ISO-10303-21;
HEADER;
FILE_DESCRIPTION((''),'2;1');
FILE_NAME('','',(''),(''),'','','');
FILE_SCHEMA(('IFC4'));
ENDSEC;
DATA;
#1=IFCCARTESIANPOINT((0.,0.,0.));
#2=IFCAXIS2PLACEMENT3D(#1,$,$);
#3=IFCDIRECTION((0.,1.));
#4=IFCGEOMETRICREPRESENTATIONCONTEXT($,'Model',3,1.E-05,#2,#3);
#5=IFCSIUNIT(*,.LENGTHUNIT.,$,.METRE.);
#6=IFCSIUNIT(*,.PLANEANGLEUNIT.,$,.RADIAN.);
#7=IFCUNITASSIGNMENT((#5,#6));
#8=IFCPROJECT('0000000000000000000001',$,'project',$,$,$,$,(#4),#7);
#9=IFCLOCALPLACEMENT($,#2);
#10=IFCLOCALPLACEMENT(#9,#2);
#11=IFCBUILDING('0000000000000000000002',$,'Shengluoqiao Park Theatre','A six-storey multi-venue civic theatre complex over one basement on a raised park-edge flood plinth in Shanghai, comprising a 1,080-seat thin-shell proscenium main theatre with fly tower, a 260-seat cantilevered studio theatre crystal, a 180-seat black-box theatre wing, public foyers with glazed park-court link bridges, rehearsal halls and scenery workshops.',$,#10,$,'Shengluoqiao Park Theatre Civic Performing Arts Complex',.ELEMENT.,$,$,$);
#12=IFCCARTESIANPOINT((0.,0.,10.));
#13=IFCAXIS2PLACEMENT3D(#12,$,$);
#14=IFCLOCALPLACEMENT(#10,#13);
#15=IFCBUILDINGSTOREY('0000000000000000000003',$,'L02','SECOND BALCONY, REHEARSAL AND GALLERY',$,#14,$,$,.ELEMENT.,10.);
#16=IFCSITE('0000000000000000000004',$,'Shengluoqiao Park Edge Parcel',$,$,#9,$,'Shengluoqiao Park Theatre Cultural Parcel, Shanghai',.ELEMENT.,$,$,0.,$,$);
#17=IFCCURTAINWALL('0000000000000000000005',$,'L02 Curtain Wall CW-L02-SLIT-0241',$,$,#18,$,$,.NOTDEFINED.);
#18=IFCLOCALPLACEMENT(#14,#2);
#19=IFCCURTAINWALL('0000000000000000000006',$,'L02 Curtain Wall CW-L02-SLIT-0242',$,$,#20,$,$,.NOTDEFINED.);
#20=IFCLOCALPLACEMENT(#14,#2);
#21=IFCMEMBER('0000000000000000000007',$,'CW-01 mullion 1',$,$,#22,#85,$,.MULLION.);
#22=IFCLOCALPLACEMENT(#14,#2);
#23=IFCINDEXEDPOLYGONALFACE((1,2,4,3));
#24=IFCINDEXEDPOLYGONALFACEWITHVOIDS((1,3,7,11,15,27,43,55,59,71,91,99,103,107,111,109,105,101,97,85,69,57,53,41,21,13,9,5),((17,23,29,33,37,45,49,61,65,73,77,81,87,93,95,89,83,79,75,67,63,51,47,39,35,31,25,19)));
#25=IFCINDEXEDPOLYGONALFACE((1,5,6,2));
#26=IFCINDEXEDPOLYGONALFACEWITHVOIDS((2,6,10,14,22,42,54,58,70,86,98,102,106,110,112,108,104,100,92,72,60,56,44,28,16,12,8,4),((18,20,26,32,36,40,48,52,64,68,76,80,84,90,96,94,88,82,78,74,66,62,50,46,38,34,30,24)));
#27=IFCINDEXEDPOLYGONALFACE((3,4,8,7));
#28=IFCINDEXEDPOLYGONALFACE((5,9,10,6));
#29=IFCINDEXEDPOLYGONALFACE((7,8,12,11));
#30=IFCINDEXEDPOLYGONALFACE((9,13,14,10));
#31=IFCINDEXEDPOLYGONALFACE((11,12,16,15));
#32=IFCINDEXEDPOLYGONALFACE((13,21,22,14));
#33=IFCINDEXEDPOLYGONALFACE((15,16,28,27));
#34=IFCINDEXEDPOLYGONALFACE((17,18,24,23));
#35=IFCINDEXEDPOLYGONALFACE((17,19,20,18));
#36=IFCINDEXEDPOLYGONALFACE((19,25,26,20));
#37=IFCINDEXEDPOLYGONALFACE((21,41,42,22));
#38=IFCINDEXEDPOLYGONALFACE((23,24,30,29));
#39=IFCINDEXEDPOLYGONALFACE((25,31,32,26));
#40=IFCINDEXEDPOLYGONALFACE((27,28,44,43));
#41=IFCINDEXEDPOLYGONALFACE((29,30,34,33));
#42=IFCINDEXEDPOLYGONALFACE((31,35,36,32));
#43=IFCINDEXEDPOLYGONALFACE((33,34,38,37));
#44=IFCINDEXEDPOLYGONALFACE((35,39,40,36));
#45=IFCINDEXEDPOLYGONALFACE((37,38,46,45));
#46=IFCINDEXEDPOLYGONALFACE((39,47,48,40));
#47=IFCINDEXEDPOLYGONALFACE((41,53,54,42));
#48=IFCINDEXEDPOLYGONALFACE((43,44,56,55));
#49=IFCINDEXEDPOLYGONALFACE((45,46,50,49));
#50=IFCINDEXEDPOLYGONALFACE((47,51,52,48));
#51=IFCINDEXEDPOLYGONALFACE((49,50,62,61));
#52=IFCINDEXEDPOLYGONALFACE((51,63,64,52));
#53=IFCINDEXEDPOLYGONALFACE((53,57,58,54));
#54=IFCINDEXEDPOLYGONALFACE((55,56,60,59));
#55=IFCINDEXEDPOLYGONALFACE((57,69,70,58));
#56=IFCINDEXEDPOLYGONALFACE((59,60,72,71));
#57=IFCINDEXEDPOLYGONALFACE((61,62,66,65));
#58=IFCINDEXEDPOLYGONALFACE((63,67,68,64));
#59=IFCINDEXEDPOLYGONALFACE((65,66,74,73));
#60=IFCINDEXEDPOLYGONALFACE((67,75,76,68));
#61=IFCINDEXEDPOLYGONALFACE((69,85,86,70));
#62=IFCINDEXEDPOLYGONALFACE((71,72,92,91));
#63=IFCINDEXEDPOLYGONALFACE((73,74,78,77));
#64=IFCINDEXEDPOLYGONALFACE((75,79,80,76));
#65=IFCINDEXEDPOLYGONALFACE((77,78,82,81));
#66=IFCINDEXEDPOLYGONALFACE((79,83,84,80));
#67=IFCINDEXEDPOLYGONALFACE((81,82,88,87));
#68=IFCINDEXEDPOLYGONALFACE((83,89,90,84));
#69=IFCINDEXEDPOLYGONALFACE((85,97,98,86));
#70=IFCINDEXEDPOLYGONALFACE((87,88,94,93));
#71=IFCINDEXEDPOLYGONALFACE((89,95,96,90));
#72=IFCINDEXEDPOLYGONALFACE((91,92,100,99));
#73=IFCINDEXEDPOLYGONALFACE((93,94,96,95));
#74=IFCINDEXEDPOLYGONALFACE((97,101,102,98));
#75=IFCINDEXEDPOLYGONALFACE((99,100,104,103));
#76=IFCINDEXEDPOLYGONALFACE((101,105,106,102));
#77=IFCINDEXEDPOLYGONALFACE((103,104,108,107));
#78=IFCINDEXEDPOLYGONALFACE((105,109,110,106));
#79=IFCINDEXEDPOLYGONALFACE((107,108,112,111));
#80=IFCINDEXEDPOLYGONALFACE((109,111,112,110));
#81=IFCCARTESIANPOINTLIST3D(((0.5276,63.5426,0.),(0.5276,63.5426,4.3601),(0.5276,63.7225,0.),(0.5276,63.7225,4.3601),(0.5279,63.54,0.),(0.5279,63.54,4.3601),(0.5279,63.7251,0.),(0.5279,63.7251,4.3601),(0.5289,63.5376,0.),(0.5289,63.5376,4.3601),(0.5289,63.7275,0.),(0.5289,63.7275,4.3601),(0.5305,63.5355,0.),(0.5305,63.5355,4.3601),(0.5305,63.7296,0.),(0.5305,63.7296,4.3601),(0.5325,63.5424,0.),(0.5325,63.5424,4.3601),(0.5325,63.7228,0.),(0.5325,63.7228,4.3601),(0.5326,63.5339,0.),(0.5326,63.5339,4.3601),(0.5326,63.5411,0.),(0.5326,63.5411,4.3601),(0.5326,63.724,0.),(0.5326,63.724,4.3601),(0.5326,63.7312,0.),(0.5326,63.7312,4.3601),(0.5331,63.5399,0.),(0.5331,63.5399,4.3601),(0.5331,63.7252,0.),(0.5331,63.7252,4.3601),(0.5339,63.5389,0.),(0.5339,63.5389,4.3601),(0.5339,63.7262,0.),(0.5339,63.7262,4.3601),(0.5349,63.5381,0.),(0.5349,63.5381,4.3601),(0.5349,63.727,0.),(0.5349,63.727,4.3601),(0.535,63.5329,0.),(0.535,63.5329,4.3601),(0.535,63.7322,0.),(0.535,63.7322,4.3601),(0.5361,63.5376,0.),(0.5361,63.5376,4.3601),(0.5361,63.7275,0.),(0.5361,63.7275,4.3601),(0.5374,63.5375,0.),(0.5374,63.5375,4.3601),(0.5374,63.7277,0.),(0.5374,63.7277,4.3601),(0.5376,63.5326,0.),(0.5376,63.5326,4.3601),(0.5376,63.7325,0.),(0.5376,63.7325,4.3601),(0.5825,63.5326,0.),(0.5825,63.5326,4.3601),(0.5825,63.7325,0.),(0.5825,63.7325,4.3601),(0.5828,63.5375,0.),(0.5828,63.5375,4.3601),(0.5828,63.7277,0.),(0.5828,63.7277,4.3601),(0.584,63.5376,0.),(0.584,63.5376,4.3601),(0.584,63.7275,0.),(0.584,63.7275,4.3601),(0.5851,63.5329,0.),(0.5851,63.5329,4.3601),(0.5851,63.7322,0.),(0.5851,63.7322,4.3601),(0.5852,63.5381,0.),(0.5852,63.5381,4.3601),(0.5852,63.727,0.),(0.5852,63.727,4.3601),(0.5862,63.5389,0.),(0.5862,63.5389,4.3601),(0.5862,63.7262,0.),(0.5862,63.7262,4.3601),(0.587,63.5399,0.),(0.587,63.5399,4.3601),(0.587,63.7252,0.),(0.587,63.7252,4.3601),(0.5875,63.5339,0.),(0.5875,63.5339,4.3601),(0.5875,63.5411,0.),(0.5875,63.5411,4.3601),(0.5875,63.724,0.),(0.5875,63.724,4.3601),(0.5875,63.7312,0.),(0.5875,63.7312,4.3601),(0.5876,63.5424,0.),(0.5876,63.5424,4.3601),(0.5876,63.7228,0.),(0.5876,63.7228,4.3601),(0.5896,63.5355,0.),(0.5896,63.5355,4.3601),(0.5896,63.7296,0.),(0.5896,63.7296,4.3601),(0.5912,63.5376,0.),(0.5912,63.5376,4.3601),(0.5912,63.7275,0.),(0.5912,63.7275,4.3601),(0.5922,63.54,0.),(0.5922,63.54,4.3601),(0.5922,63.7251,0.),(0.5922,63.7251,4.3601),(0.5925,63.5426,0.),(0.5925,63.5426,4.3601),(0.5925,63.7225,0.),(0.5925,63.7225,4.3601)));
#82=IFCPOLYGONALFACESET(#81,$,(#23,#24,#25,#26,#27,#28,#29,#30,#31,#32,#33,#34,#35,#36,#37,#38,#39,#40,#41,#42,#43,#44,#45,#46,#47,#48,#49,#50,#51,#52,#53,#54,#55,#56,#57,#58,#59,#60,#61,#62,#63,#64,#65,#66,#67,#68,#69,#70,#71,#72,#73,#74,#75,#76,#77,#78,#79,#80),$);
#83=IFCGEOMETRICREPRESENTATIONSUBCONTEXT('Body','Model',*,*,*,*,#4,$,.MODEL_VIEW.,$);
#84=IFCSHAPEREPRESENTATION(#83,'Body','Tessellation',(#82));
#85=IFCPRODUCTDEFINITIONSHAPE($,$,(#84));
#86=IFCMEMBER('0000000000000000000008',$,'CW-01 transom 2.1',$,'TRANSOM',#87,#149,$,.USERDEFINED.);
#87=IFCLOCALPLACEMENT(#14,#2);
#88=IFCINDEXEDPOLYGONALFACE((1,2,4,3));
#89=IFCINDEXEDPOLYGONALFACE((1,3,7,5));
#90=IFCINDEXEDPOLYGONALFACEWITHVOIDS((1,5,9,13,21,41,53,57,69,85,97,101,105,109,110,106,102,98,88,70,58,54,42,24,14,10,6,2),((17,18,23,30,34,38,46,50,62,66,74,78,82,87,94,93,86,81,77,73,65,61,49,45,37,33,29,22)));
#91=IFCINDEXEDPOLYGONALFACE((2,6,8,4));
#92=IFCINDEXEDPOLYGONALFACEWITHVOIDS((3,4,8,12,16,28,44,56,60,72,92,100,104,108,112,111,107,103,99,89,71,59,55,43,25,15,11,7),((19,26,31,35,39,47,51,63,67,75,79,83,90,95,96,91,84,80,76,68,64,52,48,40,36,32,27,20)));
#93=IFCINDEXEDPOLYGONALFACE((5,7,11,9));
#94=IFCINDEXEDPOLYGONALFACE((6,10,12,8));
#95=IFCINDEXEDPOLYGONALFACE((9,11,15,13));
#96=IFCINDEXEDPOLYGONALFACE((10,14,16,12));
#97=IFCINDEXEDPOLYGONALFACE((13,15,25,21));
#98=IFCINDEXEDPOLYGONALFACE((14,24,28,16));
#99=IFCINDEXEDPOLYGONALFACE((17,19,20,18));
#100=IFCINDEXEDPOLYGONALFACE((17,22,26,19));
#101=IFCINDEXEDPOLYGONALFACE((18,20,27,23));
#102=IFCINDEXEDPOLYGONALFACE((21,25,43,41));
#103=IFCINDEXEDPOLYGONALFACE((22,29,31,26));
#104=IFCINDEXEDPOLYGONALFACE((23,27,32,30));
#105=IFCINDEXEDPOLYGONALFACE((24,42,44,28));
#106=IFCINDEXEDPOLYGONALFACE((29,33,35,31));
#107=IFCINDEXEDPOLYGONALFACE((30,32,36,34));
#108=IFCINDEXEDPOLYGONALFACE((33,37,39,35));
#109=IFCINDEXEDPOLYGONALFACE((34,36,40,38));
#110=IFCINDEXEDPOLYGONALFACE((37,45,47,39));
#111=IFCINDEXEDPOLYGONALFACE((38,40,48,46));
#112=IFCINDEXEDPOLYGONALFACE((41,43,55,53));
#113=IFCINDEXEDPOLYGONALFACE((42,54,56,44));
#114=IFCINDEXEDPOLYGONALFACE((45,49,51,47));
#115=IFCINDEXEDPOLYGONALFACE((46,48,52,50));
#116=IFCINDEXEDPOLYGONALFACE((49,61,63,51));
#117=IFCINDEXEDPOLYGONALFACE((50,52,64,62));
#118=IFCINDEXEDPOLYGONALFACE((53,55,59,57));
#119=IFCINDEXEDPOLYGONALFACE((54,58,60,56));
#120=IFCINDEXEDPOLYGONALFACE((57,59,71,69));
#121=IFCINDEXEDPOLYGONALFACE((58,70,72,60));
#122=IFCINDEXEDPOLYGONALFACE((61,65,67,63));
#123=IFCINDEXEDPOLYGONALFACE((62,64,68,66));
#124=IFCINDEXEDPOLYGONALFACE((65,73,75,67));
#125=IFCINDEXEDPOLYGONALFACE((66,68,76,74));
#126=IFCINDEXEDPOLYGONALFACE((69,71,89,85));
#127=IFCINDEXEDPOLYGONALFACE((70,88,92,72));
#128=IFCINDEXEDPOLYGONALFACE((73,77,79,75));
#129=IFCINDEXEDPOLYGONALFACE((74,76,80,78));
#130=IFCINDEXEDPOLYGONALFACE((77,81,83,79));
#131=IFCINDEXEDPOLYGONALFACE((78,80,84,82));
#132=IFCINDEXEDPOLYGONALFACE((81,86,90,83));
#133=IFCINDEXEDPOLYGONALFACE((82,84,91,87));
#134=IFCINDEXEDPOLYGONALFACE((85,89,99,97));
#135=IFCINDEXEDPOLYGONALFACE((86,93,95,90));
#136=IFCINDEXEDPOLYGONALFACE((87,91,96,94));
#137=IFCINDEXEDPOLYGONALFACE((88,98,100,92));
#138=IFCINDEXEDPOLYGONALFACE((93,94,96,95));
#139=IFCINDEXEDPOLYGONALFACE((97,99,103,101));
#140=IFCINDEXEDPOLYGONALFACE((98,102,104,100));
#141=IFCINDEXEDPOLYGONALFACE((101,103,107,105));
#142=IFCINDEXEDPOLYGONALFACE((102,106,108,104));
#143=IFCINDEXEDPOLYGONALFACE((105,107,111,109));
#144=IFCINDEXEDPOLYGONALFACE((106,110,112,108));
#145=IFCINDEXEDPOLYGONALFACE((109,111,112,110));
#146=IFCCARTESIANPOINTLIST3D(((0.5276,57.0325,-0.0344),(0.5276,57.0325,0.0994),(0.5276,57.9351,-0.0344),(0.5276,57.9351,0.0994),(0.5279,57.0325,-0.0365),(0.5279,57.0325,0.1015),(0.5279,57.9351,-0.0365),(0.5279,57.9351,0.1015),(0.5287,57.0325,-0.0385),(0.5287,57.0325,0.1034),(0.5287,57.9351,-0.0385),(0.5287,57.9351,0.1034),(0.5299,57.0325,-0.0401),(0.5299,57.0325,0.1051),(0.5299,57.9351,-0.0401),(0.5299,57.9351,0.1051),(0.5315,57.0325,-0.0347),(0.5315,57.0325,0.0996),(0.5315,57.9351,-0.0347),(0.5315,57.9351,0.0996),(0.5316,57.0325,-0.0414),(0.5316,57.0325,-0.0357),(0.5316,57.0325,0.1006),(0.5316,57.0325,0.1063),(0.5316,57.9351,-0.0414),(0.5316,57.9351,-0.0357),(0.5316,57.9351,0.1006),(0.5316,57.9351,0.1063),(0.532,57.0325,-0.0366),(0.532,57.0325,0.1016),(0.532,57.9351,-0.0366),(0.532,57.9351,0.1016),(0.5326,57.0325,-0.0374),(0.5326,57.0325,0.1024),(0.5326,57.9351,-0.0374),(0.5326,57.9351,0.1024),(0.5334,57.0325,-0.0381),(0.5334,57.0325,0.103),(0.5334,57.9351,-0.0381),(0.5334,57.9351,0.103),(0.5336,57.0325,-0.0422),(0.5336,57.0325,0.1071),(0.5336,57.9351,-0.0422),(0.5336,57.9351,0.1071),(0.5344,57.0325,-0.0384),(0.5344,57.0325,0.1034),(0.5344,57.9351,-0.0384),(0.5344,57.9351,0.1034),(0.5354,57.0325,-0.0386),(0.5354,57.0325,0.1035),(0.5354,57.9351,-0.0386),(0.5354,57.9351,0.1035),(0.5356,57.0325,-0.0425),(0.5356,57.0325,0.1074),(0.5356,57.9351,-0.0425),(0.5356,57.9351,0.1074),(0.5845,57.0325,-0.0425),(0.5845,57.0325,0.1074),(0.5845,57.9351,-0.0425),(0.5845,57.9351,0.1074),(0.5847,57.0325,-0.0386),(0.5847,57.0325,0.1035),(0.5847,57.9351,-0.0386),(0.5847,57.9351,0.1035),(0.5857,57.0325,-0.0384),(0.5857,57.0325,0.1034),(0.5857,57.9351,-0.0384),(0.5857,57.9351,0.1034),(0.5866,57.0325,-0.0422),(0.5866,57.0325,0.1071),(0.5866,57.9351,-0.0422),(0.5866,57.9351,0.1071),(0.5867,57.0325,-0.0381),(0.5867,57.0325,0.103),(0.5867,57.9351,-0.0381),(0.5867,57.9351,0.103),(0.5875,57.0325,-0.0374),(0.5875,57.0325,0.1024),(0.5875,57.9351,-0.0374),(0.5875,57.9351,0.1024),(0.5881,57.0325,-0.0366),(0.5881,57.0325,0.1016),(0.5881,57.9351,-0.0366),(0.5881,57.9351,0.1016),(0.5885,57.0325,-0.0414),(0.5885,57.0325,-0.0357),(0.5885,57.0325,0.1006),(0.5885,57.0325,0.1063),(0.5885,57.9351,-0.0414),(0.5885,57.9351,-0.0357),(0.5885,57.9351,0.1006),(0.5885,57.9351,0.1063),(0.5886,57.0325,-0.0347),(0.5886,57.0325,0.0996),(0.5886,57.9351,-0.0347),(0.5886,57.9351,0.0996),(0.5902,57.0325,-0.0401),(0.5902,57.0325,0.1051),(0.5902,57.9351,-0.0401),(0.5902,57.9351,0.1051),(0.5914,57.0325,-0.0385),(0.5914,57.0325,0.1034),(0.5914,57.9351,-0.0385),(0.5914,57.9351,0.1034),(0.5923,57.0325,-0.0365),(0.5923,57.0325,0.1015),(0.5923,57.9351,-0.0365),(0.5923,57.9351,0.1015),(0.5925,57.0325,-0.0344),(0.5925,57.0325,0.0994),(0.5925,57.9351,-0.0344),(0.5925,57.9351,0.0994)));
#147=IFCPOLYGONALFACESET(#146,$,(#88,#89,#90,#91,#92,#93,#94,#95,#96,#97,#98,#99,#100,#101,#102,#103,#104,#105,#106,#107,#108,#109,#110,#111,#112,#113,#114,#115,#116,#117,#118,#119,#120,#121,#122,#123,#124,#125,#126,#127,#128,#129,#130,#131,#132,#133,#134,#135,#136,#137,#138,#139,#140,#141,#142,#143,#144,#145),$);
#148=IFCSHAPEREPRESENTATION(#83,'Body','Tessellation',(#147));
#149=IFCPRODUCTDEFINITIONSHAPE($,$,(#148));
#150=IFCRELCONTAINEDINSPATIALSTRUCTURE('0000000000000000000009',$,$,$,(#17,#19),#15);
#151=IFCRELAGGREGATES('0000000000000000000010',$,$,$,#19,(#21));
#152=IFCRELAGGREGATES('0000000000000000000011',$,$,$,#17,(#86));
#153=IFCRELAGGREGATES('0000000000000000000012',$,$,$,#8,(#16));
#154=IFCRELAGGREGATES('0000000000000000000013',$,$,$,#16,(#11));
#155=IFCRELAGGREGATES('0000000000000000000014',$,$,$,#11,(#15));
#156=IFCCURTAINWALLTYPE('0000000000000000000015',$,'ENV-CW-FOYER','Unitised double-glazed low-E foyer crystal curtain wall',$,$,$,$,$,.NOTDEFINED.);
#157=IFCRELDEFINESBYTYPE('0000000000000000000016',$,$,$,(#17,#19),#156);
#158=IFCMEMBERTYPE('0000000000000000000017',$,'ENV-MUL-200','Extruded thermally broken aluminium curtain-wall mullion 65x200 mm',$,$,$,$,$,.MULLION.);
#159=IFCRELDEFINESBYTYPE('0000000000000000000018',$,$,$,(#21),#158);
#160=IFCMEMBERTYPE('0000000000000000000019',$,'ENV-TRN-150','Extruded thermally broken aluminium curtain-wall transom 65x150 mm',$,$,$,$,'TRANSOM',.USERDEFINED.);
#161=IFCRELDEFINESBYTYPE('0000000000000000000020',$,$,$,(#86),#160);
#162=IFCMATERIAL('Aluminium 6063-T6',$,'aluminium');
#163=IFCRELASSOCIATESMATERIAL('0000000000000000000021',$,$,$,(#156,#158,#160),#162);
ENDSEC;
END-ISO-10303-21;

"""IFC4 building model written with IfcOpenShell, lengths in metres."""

from ifc_helpers import new_model, si_unit, direction, frame, origin, origin_2d, place, context, subcontext, project, spatial, hollow_rectangle, extrude, material, material_profile, profile_set, type_object, element, aggregate, save


model = new_model("IFC4")

# Units and contexts
model_context = context("Model", 3, precision=1e-05, world=origin(), true_north=direction((0.0, 1.0)))
body_context = subcontext(model_context, "Body", "Model", "MODEL_VIEW")
ifc_project = project(units=[si_unit("LENGTHUNIT", "METRE"), si_unit("PLANEANGLEUNIT", "RADIAN")], contexts=[model_context])

# Site, building, storey
site_placement = place(None, origin())
site = spatial("IfcSite", under=ifc_project, at=site_placement, Name="Shengluoqiao Park Edge Parcel", LongName="Shengluoqiao Park Theatre Cultural Parcel, Shanghai", CompositionType="ELEMENT", RefElevation=0.0)
building_placement = place(site_placement, origin())
building = spatial("IfcBuilding", under=site, at=building_placement, Name="Shengluoqiao Park Theatre", Description="A six-storey multi-venue civic theatre complex over one basement on a raised park-edge flood plinth in Shanghai, comprising a 1,080-seat thin-shell proscenium main theatre with fly tower, a 260-seat cantilevered studio theatre crystal, a 180-seat black-box theatre wing, public foyers with glazed park-court link bridges, rehearsal halls and scenery workshops.", LongName="Shengluoqiao Park Theatre Civic Performing Arts Complex", CompositionType="ELEMENT")
storey_placement = place(building_placement, frame((0.0, 0.0, 10.0)))
storey = spatial("IfcBuildingStorey", under=building, at=storey_placement, Name="L02", Description="SECOND BALCONY, REHEARSAL AND GALLERY", CompositionType="ELEMENT", Elevation=10.0)

# Curtain wall
ifc_material_1 = material(Name="Aluminium 6063-T6", Category="aluminium")
curtain_wall_type = type_object("IfcCurtainWallType", Name="ENV-CW-FOYER", Description="Unitised double-glazed low-E foyer crystal curtain wall", PredefinedType="NOTDEFINED", material=ifc_material_1)
curtain_wall_1_placement = place(storey_placement, origin())
curtain_wall_1 = element("IfcCurtainWall", 1, at=curtain_wall_1_placement, inside=storey, type_object=curtain_wall_type, Name="L02 Curtain Wall CW-L02-SLIT-0241", PredefinedType="NOTDEFINED")
ifc_material_profile_1 = material_profile(ifc_material_1, hollow_rectangle(XDim=0.0649, YDim=0.2, WallThickness=0.0049, InnerFilletRadius=0.0049, OuterFilletRadius=0.01, at=origin_2d()), Name="ALU MULLION 200x65x5")
ifc_profile_set_1 = profile_set([ifc_material_profile_1], Name="Aluminium 6063-T6")
member_type_1 = type_object("IfcMemberType", Name="ENV-MUL-200", Description="Extruded thermally broken aluminium curtain-wall mullion 65x200 mm", PredefinedType="MULLION", material=ifc_profile_set_1)

# Curtain wall, member
curtain_wall_2_placement = place(storey_placement, origin())
curtain_wall_2 = element("IfcCurtainWall", 2, at=curtain_wall_2_placement, inside=storey, type_object=curtain_wall_type, Name="L02 Curtain Wall CW-L02-SLIT-0242", PredefinedType="NOTDEFINED")
member_1_placement = place(storey_placement, frame((0.5601, 63.6326, 0.0), z_axis=(0.0, 0.0, 1.0), x_axis=(-1.0, 0.0, 0.0)))
member_1 = element("IfcMember", 3, at=member_1_placement, type_object=member_type_1, Name="CW-01 mullion 1", PredefinedType="MULLION", context=body_context, shape_type="SweptSolid", body=[
    extrude(hollow_rectangle(XDim=0.0649, YDim=0.2, WallThickness=0.0049, InnerFilletRadius=0.0049, OuterFilletRadius=0.01, at=origin_2d()), origin(), (0.0, 0.0, 1.0), 4.3601),
])
aggregate(curtain_wall_2, [member_1])

# Member
ifc_material_profile_2 = material_profile(ifc_material_1, hollow_rectangle(XDim=0.0649, YDim=0.1499, WallThickness=0.0039, InnerFilletRadius=0.0039, OuterFilletRadius=0.0081, at=origin_2d()), Name="ALU TRANSOM 150x65x4")
ifc_profile_set_2 = profile_set([ifc_material_profile_2], Name="Aluminium 6063-T6")
member_type_2 = type_object("IfcMemberType", Name="ENV-TRN-150", Description="Extruded thermally broken aluminium curtain-wall transom 65x150 mm", ElementType="TRANSOM", PredefinedType="USERDEFINED", material=ifc_profile_set_2)
member_2_placement = place(storey_placement, frame((0.5601, 57.0325, 0.0325), z_axis=(0.0, 1.0, 0.0), x_axis=(-1.0, 0.0, 0.0)))
member_2 = element("IfcMember", 4, at=member_2_placement, type_object=member_type_2, Name="CW-01 transom 2.1", ObjectType="TRANSOM", PredefinedType="USERDEFINED", context=body_context, shape_type="SweptSolid", body=[
    extrude(hollow_rectangle(XDim=0.0649, YDim=0.1499, WallThickness=0.0039, InnerFilletRadius=0.0039, OuterFilletRadius=0.0081, at=origin_2d()), origin(), (0.0, 0.0, 1.0), 0.9026),
])

aggregate(curtain_wall_1, [member_2])

save(model, "model.ifc")
